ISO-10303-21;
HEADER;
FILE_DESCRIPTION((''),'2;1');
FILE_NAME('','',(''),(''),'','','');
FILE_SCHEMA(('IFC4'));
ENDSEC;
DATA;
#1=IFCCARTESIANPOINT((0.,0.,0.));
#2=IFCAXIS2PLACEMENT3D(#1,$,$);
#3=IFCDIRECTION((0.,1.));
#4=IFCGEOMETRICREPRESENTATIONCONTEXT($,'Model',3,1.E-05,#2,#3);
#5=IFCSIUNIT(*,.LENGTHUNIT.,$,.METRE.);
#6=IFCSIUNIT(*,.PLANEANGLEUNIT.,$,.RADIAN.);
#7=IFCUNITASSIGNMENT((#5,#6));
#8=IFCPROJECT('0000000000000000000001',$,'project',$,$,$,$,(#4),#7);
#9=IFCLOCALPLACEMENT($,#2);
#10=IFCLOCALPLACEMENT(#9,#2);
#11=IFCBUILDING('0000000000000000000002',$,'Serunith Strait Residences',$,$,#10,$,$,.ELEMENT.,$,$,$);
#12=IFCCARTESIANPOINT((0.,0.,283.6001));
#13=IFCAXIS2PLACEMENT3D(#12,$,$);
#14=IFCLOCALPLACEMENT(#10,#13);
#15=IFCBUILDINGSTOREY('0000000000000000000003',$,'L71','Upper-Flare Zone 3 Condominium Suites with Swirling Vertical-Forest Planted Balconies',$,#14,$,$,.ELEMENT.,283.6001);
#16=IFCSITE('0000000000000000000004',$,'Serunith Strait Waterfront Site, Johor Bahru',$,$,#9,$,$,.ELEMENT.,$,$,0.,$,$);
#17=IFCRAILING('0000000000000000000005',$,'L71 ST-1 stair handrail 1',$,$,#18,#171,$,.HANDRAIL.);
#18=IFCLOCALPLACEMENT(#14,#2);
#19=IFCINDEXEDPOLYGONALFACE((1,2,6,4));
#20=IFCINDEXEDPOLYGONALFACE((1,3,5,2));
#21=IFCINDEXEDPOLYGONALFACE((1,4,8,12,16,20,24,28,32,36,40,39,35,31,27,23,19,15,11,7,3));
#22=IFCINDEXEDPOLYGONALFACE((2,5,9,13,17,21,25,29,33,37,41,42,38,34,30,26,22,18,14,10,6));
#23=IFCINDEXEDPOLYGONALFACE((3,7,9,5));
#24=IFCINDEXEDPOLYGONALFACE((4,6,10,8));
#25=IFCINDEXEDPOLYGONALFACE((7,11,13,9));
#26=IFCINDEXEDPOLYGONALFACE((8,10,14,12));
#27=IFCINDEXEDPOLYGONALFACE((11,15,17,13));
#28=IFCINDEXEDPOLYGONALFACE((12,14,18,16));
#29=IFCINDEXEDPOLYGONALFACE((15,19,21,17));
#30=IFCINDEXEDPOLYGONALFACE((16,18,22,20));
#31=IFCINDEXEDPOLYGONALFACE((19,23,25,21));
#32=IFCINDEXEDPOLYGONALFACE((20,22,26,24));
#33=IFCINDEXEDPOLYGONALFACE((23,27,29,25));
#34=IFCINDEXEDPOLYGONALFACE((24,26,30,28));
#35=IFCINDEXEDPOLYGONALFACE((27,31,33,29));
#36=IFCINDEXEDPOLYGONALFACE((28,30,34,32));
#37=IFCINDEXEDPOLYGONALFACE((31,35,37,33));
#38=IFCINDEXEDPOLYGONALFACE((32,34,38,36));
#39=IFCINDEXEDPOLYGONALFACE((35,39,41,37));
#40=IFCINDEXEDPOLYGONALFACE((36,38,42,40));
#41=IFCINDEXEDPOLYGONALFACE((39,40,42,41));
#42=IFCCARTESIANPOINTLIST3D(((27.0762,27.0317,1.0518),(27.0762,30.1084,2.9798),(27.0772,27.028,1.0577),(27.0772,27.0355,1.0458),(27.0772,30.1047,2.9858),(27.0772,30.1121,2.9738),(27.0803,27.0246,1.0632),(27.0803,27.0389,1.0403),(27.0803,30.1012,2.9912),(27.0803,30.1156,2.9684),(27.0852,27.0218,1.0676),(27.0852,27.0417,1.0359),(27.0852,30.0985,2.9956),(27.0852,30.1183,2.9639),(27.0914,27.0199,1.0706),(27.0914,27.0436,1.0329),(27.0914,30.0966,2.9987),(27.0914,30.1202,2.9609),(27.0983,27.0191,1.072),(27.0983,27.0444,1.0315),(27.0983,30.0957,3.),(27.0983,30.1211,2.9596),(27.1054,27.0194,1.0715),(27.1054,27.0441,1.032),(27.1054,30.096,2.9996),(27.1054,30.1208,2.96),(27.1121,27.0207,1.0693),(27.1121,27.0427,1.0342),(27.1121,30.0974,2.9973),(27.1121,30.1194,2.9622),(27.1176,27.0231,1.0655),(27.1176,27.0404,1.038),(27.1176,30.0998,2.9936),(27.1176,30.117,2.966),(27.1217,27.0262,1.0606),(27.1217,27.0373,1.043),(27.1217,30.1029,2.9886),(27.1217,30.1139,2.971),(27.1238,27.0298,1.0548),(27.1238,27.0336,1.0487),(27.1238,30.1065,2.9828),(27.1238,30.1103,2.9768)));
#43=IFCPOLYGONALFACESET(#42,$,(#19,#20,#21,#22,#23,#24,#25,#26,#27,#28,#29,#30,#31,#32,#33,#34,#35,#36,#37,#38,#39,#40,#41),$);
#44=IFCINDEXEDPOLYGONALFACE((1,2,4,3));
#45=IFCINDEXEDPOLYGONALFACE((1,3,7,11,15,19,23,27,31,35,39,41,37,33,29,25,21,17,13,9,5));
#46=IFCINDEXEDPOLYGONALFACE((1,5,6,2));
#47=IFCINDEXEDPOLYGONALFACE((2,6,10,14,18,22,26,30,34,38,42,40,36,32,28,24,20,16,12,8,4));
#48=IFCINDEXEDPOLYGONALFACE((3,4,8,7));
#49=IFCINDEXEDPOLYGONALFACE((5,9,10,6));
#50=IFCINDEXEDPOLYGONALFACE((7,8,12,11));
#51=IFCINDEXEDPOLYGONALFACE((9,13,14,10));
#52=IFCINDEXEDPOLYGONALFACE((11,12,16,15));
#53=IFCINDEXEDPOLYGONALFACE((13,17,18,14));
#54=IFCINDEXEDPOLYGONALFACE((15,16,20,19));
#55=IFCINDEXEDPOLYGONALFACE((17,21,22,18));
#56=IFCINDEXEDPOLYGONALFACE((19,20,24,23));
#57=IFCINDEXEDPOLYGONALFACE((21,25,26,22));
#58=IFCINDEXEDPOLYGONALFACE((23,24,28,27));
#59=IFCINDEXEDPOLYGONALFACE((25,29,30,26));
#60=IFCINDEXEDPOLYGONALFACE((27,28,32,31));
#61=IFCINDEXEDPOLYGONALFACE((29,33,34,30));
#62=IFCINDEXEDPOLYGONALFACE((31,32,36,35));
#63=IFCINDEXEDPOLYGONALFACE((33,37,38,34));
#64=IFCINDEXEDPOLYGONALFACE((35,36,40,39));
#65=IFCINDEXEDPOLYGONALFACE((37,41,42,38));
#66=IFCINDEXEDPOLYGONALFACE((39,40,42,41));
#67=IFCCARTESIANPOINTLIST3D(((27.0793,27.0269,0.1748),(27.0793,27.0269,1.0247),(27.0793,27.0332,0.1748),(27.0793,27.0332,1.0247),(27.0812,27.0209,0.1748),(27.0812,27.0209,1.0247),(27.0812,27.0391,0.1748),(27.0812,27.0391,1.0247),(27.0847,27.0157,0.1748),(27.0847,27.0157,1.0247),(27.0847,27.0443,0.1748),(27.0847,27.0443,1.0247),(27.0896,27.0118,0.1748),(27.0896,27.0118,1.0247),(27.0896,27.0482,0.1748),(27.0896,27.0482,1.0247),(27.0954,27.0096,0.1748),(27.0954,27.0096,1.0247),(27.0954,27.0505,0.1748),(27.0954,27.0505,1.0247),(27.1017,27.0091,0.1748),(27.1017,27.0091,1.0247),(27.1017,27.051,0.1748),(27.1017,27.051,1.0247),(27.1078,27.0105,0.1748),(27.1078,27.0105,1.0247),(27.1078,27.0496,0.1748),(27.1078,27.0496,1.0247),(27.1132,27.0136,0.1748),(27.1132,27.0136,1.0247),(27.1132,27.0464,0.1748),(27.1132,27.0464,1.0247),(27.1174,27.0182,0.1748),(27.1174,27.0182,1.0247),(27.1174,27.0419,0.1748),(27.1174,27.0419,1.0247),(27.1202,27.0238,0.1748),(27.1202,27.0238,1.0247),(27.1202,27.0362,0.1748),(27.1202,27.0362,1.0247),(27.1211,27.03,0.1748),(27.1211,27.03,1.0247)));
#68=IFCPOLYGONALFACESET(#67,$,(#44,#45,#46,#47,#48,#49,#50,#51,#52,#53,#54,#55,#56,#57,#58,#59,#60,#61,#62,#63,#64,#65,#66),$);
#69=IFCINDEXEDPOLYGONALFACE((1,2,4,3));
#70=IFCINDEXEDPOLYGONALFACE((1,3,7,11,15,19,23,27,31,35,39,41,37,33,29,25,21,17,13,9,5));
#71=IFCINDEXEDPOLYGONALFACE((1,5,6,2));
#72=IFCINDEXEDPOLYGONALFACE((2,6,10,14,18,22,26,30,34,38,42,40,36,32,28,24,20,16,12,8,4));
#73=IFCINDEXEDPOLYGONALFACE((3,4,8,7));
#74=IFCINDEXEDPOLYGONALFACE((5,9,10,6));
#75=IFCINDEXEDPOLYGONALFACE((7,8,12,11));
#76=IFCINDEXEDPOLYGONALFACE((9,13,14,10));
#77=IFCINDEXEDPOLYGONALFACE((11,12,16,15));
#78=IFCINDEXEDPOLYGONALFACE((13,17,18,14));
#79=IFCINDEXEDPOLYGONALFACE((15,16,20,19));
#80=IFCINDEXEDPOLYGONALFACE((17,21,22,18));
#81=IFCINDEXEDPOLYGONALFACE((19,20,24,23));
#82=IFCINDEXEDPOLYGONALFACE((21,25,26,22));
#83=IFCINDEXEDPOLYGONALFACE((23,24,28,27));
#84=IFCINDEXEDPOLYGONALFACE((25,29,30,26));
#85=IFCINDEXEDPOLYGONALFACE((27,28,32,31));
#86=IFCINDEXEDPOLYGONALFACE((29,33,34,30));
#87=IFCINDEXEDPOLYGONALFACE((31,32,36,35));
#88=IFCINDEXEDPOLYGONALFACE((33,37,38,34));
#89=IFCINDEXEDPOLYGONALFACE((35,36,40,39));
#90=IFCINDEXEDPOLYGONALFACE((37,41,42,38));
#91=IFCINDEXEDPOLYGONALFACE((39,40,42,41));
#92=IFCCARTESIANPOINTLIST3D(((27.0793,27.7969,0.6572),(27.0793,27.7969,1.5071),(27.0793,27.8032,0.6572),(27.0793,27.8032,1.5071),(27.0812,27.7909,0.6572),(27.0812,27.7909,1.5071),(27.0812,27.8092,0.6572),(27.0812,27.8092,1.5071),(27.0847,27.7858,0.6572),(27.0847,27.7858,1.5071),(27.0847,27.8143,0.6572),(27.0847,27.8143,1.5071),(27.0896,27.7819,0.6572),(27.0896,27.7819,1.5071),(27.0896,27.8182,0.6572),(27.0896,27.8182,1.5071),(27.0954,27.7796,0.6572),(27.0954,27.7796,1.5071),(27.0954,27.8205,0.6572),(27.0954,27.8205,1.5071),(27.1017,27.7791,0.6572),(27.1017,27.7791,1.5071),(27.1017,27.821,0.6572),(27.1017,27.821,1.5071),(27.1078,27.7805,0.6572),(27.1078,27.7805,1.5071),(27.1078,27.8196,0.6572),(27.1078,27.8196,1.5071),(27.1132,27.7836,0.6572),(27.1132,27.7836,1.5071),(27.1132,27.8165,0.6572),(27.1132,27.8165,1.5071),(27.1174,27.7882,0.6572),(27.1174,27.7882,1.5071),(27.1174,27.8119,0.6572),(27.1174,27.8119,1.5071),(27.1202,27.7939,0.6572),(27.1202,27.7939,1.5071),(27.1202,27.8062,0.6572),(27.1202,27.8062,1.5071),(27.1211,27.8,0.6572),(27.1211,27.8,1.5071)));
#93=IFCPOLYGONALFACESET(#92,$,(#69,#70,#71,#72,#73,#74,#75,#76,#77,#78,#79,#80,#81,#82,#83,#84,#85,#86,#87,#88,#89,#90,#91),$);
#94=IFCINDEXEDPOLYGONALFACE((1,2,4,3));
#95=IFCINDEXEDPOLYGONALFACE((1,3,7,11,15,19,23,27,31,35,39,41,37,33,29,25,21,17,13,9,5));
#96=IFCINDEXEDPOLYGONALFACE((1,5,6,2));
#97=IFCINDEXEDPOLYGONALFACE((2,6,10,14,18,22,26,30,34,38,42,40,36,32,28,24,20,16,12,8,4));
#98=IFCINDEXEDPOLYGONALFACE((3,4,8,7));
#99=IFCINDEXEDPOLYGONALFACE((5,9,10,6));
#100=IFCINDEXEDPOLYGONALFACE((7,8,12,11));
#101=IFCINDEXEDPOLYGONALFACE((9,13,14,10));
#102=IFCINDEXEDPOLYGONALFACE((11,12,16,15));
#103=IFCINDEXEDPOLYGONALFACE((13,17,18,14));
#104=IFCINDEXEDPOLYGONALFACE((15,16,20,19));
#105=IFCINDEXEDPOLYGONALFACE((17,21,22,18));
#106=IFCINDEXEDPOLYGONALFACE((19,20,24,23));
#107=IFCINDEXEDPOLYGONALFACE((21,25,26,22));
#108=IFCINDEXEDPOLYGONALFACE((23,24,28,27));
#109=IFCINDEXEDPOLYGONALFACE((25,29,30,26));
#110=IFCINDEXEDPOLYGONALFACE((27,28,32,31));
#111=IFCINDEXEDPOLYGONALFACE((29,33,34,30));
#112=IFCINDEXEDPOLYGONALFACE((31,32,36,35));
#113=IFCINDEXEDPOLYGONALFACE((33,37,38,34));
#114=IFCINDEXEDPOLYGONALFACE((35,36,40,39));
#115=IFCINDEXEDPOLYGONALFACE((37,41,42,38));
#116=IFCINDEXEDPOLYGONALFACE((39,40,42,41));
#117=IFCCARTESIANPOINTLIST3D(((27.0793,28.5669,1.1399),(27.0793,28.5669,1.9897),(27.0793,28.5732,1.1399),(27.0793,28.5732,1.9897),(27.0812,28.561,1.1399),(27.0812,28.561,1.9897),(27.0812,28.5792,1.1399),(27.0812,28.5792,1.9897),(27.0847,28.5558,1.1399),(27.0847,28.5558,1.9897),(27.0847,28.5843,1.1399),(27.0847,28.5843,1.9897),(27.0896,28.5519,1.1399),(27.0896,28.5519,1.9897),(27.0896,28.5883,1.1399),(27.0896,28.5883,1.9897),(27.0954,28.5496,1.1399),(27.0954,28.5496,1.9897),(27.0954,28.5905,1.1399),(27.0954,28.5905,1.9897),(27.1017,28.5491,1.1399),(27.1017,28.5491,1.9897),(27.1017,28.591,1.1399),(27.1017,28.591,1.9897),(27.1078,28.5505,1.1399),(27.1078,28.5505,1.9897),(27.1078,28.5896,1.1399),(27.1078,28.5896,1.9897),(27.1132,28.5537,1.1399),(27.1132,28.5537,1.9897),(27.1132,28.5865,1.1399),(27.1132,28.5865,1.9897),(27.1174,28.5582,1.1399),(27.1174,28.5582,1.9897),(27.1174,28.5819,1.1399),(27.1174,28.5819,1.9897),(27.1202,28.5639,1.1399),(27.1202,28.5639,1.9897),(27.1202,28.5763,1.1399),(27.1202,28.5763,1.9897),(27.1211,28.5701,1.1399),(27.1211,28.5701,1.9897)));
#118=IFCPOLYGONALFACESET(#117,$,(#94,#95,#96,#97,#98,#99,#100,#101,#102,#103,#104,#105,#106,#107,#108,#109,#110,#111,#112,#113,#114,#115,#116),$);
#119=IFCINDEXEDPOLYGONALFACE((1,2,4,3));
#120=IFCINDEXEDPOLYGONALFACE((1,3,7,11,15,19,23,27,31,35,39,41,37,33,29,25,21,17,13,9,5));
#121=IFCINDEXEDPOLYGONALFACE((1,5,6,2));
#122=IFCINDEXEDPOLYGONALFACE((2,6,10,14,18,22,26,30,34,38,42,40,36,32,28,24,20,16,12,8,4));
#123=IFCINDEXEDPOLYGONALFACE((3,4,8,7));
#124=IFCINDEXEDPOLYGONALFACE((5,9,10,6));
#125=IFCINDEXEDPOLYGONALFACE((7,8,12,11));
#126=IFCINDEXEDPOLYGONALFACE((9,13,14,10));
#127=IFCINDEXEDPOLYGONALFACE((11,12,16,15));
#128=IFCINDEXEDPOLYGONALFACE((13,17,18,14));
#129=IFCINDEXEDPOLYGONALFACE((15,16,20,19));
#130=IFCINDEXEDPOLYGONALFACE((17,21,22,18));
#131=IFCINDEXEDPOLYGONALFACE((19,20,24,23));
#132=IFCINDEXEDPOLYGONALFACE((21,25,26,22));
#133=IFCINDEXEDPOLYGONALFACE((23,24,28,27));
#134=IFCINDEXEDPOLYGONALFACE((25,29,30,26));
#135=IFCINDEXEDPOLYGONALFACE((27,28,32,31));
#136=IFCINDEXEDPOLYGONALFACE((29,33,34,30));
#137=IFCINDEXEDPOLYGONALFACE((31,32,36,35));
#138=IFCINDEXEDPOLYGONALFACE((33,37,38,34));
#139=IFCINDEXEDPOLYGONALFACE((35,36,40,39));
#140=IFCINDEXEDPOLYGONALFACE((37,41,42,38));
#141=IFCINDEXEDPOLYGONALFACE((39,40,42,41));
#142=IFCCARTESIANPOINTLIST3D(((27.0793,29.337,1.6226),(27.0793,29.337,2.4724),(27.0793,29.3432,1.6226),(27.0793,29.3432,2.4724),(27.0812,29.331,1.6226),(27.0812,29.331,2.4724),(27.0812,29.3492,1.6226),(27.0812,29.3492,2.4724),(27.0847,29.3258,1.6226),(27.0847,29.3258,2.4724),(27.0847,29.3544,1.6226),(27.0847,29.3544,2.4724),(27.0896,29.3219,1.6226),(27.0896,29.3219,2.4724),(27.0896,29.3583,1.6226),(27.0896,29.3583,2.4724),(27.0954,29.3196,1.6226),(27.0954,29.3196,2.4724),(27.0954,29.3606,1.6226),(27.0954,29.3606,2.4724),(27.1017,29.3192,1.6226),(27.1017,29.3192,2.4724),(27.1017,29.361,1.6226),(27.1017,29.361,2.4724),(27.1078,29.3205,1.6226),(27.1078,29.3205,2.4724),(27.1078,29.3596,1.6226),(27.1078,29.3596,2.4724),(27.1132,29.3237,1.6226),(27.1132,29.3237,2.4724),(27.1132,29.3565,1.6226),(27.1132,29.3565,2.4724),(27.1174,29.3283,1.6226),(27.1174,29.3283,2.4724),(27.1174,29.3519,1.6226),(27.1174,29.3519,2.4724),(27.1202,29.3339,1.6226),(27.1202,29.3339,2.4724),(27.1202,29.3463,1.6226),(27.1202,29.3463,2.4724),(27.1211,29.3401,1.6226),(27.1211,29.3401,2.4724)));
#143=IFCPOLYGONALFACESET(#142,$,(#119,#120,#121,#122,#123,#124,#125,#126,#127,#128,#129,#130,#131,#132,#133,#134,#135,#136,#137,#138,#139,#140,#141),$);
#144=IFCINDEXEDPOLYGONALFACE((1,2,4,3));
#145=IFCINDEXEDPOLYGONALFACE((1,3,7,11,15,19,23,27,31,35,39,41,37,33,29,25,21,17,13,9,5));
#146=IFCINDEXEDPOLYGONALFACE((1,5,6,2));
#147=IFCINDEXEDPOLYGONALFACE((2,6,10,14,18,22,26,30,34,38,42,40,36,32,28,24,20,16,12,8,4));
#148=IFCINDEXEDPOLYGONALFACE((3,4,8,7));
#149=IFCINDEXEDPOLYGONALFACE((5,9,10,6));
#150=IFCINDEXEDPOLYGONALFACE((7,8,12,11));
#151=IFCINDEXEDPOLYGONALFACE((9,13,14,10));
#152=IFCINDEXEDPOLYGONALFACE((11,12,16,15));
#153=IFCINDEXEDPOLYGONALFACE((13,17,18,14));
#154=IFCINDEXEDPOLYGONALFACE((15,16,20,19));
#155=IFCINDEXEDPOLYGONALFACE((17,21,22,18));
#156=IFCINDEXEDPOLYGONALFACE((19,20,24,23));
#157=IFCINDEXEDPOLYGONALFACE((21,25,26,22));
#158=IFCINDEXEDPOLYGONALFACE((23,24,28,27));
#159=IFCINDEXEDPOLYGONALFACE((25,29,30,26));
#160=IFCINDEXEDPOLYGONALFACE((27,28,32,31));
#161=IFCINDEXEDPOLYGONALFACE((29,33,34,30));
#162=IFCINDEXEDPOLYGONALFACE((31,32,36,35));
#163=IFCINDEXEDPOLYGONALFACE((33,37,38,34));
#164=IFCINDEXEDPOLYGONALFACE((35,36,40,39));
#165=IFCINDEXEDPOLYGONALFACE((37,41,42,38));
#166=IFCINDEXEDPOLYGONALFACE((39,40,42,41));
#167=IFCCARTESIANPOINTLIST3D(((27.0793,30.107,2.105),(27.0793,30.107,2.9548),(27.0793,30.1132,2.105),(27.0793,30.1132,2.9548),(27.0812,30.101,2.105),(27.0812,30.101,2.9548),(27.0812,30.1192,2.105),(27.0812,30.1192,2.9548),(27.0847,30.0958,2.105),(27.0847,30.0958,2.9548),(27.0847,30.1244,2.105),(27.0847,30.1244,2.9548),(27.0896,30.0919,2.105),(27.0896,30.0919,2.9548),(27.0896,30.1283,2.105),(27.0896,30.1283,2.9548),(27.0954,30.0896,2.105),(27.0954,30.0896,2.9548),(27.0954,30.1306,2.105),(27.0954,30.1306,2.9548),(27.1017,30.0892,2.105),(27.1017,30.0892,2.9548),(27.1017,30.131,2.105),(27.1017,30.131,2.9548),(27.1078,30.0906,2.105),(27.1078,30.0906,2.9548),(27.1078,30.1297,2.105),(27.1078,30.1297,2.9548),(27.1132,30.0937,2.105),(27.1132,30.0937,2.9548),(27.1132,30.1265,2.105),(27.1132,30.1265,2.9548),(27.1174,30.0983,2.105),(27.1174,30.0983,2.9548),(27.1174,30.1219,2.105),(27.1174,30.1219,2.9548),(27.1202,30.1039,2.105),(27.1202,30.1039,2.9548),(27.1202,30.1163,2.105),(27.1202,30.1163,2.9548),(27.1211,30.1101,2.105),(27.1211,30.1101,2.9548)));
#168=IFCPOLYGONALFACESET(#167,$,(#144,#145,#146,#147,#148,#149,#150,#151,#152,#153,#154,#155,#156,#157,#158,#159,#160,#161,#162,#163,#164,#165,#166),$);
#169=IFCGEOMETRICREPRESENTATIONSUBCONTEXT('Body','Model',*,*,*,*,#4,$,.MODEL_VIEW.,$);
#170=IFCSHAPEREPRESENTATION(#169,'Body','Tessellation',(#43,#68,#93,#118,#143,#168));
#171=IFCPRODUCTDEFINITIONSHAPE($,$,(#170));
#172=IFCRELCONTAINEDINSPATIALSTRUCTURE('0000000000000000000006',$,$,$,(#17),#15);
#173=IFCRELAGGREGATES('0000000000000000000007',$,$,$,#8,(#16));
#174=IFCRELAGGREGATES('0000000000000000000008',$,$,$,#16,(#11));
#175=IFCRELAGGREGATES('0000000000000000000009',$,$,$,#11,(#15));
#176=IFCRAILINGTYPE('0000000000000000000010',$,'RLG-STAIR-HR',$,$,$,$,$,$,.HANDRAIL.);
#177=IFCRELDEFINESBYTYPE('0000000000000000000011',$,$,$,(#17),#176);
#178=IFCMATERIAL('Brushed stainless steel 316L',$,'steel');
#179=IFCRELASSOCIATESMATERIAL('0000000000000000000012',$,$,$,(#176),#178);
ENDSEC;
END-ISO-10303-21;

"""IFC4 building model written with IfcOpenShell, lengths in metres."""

from ifc_helpers import new_model, si_unit, direction, frame, origin, origin_2d, place, context, subcontext, project, spatial, circle, extrude, material, type_object, element, save


model = new_model("IFC4")

# Units and contexts
model_context = context("Model", 3, precision=1e-05, world=origin(), true_north=direction((0.0, 1.0)))
body_context = subcontext(model_context, "Body", "Model", "MODEL_VIEW")
ifc_project = project(units=[si_unit("LENGTHUNIT", "METRE"), si_unit("PLANEANGLEUNIT", "RADIAN")], contexts=[model_context])

# Site, building, storey
site_placement = place(None, origin())
site = spatial("IfcSite", under=ifc_project, at=site_placement, Name="Serunith Strait Waterfront Site, Johor Bahru", CompositionType="ELEMENT", RefElevation=0.0)
building_placement = place(site_placement, origin())
building = spatial("IfcBuilding", under=site, at=building_placement, Name="Serunith Strait Residences", CompositionType="ELEMENT")
storey_placement = place(building_placement, frame((0.0, 0.0, 283.6001)))
storey = spatial("IfcBuildingStorey", under=building, at=storey_placement, Name="L71", Description="Upper-Flare Zone 3 Condominium Suites with Swirling Vertical-Forest Planted Balconies", CompositionType="ELEMENT", Elevation=283.6001)

# Railing
ifc_material_1 = material(Name="Brushed stainless steel 316L", Category="steel")
railing_type_1 = type_object("IfcRailingType", Name="RLG-STAIR-HR", PredefinedType="HANDRAIL", material=ifc_material_1)
railing_1_placement = place(storey_placement, frame((27.1001, 27.03, 0.1748)))
element("IfcRailing", 1, at=railing_1_placement, inside=storey, type_object=railing_type_1, Name="L71 ST-1 stair handrail 1", PredefinedType="HANDRAIL", context=body_context, shape_type="SweptSolid", body=[
    extrude(circle(Radius=0.0239, at=origin_2d()), frame((0.0, 0.0017, 0.877), z_axis=(0.0, 0.847364, 0.531013), x_axis=(-1.0, 0.0, 0.0)), (0.0, 0.0, 1.0), 3.6309),
    extrude(circle(Radius=0.021, at=origin_2d()), origin(), (0.0, 0.0, 1.0), 0.8499),
    extrude(circle(Radius=0.021, at=origin_2d()), frame((0.0, 0.77, 0.4824)), (0.0, 0.0, 1.0), 0.8499),
    extrude(circle(Radius=0.021, at=origin_2d()), frame((0.0, 1.54, 0.9651)), (0.0, 0.0, 1.0), 0.8499),
    extrude(circle(Radius=0.021, at=origin_2d()), frame((0.0, 2.3101, 1.4478)), (0.0, 0.0, 1.0), 0.8499),
    extrude(circle(Radius=0.021, at=origin_2d()), frame((0.0, 3.0801, 1.9302)), (0.0, 0.0, 1.0), 0.8499),
])

save(model, "model.ifc")
